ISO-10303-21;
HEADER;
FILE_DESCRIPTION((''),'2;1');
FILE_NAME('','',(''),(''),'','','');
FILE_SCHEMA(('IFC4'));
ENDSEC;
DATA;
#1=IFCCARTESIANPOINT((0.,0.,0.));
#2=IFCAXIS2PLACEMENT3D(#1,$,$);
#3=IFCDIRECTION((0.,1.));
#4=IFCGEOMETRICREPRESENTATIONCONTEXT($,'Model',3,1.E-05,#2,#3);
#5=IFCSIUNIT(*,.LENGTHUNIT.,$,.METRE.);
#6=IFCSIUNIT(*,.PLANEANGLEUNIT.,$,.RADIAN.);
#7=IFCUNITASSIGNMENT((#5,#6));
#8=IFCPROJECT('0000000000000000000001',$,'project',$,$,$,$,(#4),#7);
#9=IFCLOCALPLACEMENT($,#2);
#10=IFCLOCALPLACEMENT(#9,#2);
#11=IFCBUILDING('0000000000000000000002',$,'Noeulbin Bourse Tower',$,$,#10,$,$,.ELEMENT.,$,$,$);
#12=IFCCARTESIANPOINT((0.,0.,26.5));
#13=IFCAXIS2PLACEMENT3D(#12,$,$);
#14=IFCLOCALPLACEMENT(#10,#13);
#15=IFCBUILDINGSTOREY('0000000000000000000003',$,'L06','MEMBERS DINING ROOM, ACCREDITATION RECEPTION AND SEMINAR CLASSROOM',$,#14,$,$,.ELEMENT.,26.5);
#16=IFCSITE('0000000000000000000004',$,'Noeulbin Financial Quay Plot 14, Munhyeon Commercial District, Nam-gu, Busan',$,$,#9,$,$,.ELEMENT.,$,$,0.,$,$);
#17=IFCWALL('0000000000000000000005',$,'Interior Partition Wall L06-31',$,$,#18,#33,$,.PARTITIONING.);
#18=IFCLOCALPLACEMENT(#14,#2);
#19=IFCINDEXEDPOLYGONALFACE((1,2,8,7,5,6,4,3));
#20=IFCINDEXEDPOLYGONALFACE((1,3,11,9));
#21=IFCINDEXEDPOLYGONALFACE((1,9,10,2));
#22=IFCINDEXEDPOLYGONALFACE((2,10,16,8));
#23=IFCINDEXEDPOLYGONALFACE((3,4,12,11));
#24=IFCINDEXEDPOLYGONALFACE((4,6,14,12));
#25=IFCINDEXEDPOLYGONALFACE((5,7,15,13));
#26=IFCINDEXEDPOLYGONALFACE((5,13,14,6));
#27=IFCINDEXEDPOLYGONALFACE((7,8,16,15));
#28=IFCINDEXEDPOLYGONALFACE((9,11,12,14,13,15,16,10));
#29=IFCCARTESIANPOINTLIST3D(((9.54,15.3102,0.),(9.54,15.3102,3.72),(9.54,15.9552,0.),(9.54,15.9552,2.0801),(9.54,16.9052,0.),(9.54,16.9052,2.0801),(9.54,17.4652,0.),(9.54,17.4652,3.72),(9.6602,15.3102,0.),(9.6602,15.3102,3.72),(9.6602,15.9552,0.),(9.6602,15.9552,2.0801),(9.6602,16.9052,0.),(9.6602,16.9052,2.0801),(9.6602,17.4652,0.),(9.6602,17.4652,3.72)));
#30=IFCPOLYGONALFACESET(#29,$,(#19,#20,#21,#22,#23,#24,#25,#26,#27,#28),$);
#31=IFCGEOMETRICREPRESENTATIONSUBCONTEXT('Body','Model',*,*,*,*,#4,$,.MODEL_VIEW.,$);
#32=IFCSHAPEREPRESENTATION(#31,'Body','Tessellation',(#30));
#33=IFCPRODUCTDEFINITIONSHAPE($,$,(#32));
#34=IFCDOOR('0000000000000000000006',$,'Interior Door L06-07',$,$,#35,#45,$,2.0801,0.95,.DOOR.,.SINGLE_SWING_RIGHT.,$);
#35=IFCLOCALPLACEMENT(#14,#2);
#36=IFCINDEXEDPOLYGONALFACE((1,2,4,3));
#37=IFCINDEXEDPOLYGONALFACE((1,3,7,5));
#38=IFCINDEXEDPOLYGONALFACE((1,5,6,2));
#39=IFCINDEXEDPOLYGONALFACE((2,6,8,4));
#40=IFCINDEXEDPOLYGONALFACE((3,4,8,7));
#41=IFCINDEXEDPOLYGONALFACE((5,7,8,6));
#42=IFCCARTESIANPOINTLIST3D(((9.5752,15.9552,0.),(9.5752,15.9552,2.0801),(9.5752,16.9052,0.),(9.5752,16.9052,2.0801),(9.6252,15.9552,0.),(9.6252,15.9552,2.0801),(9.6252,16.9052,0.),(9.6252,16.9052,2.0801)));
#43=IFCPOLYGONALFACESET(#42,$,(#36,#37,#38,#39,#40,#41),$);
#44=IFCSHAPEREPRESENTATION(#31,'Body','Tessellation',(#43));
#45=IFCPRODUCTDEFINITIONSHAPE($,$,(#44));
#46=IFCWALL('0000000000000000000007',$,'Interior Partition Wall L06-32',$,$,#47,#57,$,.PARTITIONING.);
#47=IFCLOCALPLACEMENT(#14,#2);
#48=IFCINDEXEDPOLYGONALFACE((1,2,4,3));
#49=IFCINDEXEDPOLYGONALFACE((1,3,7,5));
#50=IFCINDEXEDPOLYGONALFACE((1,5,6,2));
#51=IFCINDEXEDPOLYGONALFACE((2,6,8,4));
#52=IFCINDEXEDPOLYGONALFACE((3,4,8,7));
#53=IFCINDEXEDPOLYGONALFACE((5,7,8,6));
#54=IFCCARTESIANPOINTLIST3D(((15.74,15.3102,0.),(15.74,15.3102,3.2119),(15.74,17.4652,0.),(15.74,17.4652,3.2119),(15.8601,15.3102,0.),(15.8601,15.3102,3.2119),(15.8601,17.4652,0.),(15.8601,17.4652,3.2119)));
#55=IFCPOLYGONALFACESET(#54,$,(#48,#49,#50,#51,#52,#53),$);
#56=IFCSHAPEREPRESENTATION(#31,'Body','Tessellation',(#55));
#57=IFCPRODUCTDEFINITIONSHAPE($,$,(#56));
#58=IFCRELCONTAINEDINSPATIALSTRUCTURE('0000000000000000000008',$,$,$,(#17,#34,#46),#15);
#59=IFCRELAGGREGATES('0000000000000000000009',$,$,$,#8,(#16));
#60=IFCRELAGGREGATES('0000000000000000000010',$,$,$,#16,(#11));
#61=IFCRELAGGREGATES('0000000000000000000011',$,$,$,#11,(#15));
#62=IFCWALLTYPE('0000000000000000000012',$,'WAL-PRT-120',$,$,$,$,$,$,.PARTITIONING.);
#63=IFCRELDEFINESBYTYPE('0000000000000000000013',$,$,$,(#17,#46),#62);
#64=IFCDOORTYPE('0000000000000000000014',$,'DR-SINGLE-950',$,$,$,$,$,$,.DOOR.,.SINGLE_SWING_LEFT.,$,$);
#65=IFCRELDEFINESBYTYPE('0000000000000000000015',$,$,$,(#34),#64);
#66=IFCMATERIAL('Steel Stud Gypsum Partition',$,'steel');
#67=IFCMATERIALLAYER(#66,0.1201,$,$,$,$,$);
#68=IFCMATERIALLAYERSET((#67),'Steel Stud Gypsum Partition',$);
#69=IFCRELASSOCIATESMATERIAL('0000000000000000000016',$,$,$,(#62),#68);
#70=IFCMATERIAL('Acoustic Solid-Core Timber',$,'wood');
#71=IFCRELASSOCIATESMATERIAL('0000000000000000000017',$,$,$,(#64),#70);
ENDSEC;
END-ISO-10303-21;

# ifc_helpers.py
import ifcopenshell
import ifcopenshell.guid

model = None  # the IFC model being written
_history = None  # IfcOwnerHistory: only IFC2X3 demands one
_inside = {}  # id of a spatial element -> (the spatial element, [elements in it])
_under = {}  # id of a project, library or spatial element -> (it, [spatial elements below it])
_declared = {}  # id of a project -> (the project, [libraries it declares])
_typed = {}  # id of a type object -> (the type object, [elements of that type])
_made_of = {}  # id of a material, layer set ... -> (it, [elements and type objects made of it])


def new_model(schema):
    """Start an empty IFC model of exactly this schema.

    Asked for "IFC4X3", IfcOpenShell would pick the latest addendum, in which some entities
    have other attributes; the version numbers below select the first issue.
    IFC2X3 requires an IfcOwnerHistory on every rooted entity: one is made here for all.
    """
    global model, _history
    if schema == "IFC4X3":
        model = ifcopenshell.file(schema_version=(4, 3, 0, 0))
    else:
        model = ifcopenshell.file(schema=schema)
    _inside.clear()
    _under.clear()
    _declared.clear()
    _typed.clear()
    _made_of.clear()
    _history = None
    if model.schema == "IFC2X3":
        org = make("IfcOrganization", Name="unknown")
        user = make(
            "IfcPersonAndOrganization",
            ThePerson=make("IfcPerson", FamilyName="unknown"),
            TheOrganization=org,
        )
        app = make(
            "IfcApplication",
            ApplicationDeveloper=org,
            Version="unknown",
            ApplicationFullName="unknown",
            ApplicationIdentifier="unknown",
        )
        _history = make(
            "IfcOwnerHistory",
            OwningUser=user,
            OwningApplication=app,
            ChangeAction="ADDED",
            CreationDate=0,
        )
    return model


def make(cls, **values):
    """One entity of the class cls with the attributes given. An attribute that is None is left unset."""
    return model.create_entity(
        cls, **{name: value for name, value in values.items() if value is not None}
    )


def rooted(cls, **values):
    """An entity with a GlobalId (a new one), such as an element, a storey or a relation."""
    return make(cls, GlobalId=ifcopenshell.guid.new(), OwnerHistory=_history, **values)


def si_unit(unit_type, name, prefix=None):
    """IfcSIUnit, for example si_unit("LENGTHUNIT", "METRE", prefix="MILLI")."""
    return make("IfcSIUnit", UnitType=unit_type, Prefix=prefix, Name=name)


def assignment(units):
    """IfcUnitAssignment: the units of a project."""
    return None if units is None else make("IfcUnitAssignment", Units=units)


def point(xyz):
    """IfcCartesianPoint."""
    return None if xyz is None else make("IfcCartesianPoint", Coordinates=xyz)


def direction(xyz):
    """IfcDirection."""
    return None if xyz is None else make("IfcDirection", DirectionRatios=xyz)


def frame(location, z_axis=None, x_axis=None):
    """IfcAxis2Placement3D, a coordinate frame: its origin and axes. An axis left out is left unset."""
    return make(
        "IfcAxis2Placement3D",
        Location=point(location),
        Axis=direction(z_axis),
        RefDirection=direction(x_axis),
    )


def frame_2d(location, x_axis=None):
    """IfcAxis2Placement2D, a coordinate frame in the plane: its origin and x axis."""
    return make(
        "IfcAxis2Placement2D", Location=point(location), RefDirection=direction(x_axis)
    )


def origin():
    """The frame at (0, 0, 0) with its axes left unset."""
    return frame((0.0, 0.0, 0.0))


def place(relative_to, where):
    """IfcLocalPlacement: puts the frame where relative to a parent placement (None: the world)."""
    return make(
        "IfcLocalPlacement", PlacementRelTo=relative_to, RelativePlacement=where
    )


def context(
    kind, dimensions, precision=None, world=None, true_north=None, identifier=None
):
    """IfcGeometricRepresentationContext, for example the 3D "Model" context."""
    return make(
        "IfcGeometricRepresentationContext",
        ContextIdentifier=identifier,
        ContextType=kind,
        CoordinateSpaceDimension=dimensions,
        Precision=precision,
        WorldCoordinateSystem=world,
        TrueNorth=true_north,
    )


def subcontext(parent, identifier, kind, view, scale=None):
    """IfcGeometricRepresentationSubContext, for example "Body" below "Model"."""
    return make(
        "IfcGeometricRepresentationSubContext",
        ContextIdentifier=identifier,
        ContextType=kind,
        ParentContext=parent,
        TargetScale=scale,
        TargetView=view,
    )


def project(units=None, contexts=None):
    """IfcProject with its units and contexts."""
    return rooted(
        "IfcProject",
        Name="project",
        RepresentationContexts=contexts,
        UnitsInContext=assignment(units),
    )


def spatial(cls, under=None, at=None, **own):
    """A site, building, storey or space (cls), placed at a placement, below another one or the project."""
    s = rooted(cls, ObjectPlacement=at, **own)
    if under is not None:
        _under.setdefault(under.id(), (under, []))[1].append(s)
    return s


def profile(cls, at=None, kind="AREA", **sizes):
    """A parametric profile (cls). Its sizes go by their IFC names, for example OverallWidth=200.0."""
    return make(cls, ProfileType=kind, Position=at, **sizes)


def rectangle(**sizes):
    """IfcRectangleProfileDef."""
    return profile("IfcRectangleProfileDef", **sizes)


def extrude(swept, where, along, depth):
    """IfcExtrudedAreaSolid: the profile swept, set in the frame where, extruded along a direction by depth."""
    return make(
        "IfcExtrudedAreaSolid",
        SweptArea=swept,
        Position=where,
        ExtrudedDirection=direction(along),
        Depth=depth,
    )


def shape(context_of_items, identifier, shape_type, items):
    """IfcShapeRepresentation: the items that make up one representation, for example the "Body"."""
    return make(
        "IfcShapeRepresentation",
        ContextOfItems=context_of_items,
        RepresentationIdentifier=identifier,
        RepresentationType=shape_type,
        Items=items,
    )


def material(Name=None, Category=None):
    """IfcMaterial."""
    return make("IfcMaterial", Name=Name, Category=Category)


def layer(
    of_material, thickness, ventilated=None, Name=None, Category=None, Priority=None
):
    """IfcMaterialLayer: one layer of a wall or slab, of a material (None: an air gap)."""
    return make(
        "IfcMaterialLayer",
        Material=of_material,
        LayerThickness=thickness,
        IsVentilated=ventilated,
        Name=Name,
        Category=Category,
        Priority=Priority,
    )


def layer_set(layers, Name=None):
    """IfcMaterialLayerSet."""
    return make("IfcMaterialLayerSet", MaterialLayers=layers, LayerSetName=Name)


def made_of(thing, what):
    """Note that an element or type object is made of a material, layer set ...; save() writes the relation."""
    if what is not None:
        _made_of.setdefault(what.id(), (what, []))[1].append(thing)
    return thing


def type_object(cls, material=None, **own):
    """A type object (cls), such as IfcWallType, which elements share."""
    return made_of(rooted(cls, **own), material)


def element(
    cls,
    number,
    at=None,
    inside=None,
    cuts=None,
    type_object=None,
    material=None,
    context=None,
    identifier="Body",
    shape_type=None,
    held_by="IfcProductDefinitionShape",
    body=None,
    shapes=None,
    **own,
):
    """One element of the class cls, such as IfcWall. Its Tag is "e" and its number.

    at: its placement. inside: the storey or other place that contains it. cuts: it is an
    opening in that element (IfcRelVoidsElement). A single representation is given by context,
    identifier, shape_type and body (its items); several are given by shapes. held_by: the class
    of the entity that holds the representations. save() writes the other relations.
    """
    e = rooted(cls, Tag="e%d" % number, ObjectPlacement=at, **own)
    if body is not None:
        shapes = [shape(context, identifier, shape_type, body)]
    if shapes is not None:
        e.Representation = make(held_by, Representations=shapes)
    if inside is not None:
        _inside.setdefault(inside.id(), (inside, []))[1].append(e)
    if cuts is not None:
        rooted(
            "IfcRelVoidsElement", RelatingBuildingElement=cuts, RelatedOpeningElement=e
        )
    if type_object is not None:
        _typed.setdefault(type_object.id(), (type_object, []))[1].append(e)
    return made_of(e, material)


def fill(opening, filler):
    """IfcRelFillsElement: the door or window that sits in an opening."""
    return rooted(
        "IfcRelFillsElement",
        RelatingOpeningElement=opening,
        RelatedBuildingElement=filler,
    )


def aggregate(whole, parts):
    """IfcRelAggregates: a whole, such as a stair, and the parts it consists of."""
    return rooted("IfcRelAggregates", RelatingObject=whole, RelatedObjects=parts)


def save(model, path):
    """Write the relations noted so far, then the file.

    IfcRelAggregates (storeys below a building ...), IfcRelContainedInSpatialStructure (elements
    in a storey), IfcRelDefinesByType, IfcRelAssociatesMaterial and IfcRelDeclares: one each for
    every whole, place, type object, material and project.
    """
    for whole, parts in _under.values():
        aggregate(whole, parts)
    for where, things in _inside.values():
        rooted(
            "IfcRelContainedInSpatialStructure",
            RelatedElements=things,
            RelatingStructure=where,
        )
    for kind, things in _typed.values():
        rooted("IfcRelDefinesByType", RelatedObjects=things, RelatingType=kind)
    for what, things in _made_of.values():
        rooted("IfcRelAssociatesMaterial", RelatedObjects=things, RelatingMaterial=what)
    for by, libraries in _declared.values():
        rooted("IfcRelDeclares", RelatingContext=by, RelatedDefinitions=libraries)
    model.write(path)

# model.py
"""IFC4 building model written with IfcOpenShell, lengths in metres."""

from ifc_helpers import new_model, si_unit, direction, frame, frame_2d, origin, place, context, subcontext, project, spatial, rectangle, extrude, material, layer, layer_set, type_object, element, fill, save


model = new_model("IFC4")

# Units and contexts
model_context = context("Model", 3, precision=1e-05, world=origin(), true_north=direction((0.0, 1.0)))
body_context = subcontext(model_context, "Body", "Model", "MODEL_VIEW")
ifc_project = project(units=[si_unit("LENGTHUNIT", "METRE"), si_unit("PLANEANGLEUNIT", "RADIAN")], contexts=[model_context])

# Site, building, storey
site_placement = place(None, origin())
site = spatial("IfcSite", under=ifc_project, at=site_placement, Name="Noeulbin Financial Quay Plot 14, Munhyeon Commercial District, Nam-gu, Busan", CompositionType="ELEMENT", RefElevation=0.0)
building_placement = place(site_placement, origin())
building = spatial("IfcBuilding", under=site, at=building_placement, Name="Noeulbin Bourse Tower", CompositionType="ELEMENT")
storey_placement = place(building_placement, frame((0.0, 0.0, 26.5)))
storey = spatial("IfcBuildingStorey", under=building, at=storey_placement, Name="L06", Description="MEMBERS DINING ROOM, ACCREDITATION RECEPTION AND SEMINAR CLASSROOM", CompositionType="ELEMENT", Elevation=26.5)

# Wall, opening, door
ifc_material_1 = material(Name="Steel Stud Gypsum Partition", Category="steel")
ifc_layer_1 = layer(ifc_material_1, 0.1201)
ifc_layer_set_1 = layer_set([ifc_layer_1], Name="Steel Stud Gypsum Partition")
wall_type = type_object("IfcWallType", Name="WAL-PRT-120", PredefinedType="PARTITIONING", material=ifc_layer_set_1)
wall_1_placement = place(storey_placement, frame((9.6001, 15.3101, 0.0), z_axis=(0.0, 0.0, 1.0), x_axis=(0.0, 1.0, 0.0)))
wall_1 = element("IfcWall", 1, at=wall_1_placement, inside=storey, type_object=wall_type, Name="Interior Partition Wall L06-31", PredefinedType="PARTITIONING", context=body_context, shape_type="SweptSolid", body=[
    extrude(rectangle(XDim=2.155, YDim=0.1201, at=frame_2d((1.0776, 0.0))), origin(), (0.0, 0.0, 1.0), 3.72),
])
opening_placement = place(wall_1_placement, frame((0.645, 0.0, 0.0)))
opening = element("IfcOpeningElement", 2, at=opening_placement, cuts=wall_1, PredefinedType="OPENING", context=body_context, shape_type="SweptSolid", body=[
    extrude(rectangle(XDim=0.95, YDim=2.0801, at=frame_2d((0.4751, 1.04))), frame((0.0, 0.0701, 0.0), z_axis=(0.0, -1.0, 0.0), x_axis=(1.0, 0.0, 0.0)), (0.0, 0.0, 1.0), 0.1401),
])
ifc_material_2 = material(Name="Acoustic Solid-Core Timber", Category="wood")
door_type = type_object("IfcDoorType", Name="DR-SINGLE-950", OperationType="SINGLE_SWING_LEFT", PredefinedType="DOOR", material=ifc_material_2)
door_placement = place(opening_placement, origin())
door = element("IfcDoor", 3, at=door_placement, inside=storey, type_object=door_type, Name="Interior Door L06-07", OperationType="SINGLE_SWING_RIGHT", OverallHeight=2.0801, OverallWidth=0.95, PredefinedType="DOOR", context=body_context, shape_type="SweptSolid", body=[
    extrude(rectangle(XDim=0.95, YDim=2.0801, at=frame_2d((0.4751, 1.04))), frame((0.0, 0.0249, 0.0), z_axis=(0.0, -1.0, 0.0), x_axis=(1.0, 0.0, 0.0)), (0.0, 0.0, 1.0), 0.05),
])
fill(opening, door)

# Wall
wall_2_placement = place(storey_placement, frame((15.8, 15.3101, 0.0), z_axis=(0.0, 0.0, 1.0), x_axis=(0.0, 1.0, 0.0)))
element("IfcWall", 4, at=wall_2_placement, inside=storey, type_object=wall_type, Name="Interior Partition Wall L06-32", PredefinedType="PARTITIONING", context=body_context, shape_type="SweptSolid", body=[
    extrude(rectangle(XDim=2.155, YDim=0.1201, at=frame_2d((1.0776, 0.0))), origin(), (0.0, 0.0, 1.0), 3.2119),
])

save(model, "model.ifc")
